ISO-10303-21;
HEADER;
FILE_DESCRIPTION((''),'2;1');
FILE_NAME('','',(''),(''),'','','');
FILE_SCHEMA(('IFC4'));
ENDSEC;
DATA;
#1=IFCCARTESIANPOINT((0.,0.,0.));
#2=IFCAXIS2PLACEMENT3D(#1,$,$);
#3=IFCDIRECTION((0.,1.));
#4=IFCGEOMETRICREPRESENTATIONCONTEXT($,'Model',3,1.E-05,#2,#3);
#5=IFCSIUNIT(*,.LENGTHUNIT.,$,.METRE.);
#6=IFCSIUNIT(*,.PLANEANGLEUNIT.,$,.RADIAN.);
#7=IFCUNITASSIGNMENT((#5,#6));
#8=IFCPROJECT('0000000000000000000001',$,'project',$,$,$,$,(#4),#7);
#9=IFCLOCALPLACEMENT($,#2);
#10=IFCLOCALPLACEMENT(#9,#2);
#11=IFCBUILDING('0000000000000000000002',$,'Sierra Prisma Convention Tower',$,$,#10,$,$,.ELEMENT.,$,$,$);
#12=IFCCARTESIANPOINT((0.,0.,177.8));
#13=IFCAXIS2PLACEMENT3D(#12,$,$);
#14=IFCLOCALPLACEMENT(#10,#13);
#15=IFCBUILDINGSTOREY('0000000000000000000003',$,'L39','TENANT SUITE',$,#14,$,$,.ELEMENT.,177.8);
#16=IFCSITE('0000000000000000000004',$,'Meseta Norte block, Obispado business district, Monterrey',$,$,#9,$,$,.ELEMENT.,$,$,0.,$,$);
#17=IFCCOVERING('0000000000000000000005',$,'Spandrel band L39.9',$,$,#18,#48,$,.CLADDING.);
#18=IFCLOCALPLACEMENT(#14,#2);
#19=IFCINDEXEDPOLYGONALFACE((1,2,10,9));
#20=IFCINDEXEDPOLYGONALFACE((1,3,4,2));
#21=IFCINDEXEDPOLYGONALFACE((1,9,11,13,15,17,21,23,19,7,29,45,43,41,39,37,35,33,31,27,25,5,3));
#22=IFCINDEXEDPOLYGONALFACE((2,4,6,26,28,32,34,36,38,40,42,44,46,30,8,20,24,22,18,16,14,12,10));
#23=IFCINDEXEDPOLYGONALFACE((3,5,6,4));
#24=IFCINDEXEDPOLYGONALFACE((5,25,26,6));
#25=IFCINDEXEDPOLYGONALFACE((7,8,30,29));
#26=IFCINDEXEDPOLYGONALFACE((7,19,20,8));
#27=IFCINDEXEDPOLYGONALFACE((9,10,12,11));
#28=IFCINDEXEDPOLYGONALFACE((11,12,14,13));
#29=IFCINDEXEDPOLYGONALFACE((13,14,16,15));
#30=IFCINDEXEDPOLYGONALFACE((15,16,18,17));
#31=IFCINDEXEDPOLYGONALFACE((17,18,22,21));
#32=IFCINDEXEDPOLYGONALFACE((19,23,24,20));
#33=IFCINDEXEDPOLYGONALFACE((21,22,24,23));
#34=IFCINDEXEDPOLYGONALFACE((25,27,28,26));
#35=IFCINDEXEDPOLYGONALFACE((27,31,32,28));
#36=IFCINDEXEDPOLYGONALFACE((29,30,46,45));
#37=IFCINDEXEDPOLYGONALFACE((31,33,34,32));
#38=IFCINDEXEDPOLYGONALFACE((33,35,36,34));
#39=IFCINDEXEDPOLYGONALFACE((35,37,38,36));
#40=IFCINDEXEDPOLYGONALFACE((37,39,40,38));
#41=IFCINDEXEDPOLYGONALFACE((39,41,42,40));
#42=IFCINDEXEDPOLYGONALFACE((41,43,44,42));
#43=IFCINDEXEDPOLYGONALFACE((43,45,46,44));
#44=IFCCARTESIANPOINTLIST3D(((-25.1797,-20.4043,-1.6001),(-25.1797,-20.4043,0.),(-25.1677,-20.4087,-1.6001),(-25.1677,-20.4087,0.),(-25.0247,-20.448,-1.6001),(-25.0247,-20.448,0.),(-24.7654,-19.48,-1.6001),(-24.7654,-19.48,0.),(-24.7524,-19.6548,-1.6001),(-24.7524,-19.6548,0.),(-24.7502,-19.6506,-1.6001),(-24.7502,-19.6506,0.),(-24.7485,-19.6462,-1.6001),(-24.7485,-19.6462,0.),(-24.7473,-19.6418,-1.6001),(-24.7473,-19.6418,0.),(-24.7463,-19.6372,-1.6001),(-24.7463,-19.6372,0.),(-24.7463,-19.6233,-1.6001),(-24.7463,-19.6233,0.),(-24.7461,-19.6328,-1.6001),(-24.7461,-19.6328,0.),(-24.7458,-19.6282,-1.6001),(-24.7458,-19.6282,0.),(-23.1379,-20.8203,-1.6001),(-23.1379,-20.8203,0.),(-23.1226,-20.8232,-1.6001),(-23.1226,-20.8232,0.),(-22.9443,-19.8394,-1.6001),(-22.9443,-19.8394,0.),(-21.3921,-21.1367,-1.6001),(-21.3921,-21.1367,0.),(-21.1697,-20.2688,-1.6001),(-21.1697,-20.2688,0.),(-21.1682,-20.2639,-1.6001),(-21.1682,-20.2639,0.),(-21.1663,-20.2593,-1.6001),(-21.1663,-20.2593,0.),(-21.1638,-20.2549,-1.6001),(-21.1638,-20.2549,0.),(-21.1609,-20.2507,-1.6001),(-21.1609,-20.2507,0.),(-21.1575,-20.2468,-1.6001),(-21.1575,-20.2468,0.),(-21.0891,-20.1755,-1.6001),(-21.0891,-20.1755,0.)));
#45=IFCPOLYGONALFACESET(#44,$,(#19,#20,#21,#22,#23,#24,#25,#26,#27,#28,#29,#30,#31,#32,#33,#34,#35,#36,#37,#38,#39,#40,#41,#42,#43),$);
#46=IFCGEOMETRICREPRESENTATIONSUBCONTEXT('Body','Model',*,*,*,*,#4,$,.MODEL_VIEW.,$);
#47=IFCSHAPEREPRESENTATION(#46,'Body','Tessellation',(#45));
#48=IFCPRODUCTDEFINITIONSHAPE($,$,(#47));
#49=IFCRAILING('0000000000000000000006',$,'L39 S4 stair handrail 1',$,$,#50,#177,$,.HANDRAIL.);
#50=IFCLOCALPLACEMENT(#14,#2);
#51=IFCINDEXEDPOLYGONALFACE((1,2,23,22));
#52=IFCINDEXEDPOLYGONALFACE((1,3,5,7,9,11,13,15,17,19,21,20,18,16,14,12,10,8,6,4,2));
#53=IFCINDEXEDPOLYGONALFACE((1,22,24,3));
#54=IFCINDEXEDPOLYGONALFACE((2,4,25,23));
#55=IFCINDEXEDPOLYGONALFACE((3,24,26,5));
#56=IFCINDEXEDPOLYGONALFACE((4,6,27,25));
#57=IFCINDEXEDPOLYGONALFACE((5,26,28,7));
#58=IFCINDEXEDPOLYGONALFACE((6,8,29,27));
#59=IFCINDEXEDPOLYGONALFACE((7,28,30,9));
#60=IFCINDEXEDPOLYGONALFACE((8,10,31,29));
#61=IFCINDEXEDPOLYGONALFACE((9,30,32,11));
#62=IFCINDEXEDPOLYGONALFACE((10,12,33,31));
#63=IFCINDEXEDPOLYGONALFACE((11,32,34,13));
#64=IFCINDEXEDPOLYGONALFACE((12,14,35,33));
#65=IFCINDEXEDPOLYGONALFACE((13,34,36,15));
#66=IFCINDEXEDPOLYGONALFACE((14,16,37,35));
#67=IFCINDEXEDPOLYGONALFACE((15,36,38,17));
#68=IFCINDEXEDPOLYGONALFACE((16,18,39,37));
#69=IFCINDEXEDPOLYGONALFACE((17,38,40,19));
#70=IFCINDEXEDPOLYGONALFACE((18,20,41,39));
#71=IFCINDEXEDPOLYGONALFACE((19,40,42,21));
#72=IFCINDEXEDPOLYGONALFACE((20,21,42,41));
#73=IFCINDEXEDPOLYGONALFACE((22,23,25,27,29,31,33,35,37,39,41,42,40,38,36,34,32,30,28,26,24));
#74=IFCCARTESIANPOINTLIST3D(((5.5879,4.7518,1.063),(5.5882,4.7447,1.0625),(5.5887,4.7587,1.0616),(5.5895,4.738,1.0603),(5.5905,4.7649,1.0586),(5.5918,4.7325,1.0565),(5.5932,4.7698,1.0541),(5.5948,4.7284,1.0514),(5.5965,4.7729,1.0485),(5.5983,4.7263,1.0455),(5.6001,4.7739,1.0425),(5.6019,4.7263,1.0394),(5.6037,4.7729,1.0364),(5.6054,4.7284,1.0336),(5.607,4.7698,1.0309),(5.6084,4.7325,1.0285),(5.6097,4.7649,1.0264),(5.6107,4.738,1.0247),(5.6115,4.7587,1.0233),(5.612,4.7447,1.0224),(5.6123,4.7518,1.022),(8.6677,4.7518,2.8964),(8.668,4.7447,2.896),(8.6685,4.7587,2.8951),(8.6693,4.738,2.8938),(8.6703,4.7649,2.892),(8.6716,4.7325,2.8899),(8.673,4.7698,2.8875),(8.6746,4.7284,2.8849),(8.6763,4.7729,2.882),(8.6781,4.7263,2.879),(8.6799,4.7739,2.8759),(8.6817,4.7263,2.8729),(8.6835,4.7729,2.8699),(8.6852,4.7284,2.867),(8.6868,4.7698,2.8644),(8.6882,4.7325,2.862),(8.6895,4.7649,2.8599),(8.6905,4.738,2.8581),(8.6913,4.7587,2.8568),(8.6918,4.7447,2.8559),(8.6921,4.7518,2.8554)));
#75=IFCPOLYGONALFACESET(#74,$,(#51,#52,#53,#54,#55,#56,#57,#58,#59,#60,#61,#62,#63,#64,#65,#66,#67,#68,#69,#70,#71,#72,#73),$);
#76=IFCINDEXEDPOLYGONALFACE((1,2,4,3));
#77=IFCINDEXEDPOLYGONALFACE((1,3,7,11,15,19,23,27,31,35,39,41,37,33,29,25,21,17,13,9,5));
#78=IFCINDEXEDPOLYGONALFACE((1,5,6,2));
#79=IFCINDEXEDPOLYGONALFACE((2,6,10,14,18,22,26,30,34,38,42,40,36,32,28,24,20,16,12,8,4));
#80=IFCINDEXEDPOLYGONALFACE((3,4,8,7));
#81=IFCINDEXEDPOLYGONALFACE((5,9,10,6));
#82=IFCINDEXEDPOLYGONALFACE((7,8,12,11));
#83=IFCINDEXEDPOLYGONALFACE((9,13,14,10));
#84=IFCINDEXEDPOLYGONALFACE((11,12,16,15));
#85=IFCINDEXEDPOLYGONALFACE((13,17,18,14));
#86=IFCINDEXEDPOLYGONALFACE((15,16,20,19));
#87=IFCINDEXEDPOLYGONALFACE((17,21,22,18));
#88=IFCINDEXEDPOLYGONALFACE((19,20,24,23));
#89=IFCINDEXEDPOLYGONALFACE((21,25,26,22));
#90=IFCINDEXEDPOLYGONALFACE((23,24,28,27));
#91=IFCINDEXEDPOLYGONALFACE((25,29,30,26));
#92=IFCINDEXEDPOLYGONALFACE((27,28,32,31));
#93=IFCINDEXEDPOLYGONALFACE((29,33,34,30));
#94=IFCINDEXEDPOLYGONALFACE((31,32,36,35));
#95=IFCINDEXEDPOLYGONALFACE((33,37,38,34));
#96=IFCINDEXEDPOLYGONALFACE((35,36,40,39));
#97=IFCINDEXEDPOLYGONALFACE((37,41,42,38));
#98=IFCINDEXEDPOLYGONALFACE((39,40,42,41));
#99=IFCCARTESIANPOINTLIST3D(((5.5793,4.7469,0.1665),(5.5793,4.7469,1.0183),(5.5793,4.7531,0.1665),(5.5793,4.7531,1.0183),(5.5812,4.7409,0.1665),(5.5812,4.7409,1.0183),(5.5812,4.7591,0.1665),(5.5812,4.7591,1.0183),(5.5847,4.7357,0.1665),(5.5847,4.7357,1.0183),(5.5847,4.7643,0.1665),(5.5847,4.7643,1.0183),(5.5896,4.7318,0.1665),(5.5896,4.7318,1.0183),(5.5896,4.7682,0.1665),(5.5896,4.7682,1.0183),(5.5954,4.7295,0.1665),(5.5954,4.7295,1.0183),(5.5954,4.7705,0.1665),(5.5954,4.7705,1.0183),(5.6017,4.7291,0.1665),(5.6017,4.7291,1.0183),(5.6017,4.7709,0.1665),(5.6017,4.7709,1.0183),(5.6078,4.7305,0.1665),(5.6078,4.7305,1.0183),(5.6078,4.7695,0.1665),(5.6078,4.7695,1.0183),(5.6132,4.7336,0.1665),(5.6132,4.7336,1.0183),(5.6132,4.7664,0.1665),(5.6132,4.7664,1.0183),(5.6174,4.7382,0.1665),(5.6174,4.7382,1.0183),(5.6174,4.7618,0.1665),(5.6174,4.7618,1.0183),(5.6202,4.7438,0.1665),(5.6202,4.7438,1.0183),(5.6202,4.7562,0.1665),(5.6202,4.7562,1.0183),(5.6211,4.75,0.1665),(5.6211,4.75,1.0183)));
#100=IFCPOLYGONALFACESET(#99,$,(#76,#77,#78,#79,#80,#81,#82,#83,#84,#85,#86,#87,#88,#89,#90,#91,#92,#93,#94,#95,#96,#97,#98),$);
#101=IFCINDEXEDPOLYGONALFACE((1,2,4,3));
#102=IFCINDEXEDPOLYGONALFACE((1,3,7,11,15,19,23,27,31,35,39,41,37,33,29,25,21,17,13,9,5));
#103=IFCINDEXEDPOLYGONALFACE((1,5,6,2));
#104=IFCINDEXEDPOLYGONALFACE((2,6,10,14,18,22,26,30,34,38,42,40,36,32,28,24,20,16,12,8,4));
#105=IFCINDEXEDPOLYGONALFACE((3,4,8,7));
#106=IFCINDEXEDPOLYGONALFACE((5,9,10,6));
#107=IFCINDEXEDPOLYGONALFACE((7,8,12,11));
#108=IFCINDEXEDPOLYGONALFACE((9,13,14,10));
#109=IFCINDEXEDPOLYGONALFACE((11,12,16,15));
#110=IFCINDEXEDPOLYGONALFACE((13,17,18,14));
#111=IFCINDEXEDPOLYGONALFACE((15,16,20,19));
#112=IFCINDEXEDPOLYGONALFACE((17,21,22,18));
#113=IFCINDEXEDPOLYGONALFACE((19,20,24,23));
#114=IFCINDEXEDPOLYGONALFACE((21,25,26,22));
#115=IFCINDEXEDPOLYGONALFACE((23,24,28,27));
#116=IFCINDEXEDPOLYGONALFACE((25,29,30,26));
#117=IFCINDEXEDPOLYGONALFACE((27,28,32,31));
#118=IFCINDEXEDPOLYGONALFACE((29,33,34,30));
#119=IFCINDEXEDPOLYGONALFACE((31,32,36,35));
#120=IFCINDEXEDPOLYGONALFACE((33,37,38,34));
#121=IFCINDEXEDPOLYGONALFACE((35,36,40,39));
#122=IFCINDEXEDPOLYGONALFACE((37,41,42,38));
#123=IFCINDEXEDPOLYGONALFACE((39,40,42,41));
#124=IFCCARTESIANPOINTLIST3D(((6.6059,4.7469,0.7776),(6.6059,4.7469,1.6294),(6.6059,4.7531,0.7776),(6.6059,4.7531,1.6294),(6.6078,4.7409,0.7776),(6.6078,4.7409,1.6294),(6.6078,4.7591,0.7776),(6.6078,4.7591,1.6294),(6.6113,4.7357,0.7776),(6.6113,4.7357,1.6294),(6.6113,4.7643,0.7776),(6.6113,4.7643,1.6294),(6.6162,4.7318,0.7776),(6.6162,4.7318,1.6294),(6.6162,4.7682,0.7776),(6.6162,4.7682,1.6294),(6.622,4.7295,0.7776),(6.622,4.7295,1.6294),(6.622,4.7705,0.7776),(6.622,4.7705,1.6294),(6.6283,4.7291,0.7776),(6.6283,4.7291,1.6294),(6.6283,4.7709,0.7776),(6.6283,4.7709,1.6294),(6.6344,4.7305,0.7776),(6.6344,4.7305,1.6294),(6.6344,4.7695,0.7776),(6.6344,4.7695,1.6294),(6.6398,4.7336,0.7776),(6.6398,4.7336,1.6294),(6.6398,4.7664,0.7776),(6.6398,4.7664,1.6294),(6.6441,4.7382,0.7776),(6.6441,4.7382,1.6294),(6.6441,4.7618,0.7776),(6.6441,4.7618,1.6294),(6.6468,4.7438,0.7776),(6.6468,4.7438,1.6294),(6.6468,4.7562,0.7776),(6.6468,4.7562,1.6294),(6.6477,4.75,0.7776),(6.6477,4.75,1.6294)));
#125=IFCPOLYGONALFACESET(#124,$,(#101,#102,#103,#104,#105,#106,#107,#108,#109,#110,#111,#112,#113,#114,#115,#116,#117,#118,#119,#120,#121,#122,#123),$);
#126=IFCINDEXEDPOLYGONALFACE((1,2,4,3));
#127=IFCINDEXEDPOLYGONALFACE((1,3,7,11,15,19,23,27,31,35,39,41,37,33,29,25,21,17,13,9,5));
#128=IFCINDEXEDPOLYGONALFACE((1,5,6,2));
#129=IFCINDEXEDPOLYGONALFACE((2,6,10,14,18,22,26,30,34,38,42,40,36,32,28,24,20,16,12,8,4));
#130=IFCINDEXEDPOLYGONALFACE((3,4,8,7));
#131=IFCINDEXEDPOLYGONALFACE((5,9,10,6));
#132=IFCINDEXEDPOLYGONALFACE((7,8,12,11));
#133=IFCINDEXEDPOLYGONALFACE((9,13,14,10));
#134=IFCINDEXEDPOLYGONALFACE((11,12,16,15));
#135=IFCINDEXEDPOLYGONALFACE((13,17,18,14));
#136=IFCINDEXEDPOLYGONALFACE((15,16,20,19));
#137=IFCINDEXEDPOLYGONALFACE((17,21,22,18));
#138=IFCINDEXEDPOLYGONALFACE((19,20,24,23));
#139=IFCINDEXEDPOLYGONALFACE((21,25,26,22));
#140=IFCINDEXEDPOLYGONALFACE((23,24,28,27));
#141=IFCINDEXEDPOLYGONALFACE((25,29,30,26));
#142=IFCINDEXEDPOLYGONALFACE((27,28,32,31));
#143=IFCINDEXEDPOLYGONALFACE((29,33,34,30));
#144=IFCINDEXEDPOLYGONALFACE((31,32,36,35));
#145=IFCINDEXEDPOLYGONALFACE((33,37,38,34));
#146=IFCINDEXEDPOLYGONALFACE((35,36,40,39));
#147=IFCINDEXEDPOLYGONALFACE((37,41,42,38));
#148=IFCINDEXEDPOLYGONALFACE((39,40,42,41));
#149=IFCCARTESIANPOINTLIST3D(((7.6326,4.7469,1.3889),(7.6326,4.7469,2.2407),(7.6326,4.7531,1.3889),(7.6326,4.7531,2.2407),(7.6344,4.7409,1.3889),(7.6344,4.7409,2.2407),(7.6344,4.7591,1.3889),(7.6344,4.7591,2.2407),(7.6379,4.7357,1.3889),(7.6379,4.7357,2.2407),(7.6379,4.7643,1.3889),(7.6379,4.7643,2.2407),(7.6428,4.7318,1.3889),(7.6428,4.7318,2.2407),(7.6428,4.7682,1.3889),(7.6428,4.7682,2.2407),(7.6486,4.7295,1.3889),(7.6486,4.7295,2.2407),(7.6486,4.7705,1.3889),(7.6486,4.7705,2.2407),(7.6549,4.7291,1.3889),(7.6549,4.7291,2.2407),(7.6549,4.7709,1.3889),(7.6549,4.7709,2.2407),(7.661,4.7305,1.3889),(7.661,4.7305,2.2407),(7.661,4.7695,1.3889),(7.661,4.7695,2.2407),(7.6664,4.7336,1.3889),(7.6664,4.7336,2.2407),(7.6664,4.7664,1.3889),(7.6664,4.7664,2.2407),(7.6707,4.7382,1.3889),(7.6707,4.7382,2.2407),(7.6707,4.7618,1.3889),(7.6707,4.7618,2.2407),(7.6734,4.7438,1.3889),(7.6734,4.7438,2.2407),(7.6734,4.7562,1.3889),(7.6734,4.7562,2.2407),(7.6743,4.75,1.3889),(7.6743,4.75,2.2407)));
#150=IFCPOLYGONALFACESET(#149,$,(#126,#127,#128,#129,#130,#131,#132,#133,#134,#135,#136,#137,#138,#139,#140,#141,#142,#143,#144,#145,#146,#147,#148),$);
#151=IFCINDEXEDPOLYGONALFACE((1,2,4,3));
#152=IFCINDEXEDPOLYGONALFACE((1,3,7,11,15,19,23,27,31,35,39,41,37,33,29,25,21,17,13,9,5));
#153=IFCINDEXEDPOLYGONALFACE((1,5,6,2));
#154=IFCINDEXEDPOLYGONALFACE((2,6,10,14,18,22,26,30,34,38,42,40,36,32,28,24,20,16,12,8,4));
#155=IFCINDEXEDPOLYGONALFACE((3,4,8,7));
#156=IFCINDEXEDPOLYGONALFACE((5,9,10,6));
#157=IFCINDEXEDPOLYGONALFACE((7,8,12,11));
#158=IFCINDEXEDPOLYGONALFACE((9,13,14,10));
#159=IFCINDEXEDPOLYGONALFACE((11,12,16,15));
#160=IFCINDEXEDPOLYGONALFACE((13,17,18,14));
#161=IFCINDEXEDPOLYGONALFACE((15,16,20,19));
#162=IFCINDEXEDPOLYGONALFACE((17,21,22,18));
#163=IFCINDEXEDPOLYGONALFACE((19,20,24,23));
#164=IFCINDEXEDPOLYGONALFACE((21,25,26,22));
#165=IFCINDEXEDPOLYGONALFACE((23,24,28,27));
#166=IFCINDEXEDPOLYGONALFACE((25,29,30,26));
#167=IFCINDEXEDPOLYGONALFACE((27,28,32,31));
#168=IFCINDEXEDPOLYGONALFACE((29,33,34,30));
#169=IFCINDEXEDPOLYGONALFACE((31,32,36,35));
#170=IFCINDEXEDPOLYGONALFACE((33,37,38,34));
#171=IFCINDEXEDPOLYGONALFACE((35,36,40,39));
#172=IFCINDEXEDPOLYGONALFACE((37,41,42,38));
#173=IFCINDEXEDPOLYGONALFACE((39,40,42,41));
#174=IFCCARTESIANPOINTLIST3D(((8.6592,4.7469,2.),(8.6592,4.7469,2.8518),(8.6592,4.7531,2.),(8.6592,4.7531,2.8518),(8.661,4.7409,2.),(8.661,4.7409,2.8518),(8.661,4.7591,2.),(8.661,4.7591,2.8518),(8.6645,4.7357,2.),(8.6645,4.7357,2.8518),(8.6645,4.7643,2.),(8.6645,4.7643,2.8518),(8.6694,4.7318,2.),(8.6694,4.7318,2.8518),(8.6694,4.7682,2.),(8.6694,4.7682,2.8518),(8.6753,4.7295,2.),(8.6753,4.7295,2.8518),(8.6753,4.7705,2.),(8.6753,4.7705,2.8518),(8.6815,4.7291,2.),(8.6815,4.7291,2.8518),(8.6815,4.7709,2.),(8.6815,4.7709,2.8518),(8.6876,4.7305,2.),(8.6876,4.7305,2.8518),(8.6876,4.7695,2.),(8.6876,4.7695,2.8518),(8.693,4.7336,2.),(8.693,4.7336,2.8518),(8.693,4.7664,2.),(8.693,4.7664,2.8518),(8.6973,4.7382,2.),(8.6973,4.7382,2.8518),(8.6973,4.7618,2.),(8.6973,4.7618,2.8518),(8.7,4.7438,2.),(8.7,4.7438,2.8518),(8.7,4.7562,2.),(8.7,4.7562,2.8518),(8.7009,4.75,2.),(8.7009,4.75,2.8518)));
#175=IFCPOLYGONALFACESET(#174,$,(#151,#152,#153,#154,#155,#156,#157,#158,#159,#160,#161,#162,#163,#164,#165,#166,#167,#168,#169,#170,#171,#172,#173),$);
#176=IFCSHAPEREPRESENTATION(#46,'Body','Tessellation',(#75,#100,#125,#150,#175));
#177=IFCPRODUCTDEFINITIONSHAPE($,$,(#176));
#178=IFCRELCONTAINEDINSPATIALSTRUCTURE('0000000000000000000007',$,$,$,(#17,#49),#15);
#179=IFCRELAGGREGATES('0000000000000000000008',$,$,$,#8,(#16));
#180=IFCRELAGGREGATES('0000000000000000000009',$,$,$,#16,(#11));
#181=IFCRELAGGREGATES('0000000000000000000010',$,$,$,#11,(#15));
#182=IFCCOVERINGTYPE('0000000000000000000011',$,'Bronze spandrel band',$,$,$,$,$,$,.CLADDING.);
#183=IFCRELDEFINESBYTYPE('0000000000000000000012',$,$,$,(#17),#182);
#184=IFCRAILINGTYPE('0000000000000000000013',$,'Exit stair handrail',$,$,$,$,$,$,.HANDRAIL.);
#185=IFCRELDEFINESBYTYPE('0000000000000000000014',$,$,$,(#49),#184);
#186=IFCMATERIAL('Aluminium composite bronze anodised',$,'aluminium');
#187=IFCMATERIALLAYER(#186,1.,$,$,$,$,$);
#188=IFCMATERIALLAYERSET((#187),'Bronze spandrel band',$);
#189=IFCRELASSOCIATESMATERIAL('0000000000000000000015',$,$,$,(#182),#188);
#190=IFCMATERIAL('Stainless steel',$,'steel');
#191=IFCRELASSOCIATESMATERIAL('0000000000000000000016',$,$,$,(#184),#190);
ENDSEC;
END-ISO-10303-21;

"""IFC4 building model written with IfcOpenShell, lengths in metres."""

from ifc_helpers import new_model, si_unit, direction, frame, origin, origin_2d, place, context, subcontext, project, spatial, polyline, circle, outline, extrude, material, layer, layer_set, type_object, element, save


model = new_model("IFC4")

# Units and contexts
model_context = context("Model", 3, precision=1e-05, world=origin(), true_north=direction((0.0, 1.0)))
body_context = subcontext(model_context, "Body", "Model", "MODEL_VIEW")
ifc_project = project(units=[si_unit("LENGTHUNIT", "METRE"), si_unit("PLANEANGLEUNIT", "RADIAN")], contexts=[model_context])

# Site, building, storey
site_placement = place(None, origin())
site = spatial("IfcSite", under=ifc_project, at=site_placement, Name="Meseta Norte block, Obispado business district, Monterrey", CompositionType="ELEMENT", RefElevation=0.0)
building_placement = place(site_placement, origin())
building = spatial("IfcBuilding", under=site, at=building_placement, Name="Sierra Prisma Convention Tower", CompositionType="ELEMENT")
storey_placement = place(building_placement, frame((0.0, 0.0, 177.8)))
storey = spatial("IfcBuildingStorey", under=building, at=storey_placement, Name="L39", Description="TENANT SUITE", CompositionType="ELEMENT", Elevation=177.8)

# Covering
ifc_material_1 = material(Name="Aluminium composite bronze anodised", Category="aluminium")
ifc_layer_1 = layer(ifc_material_1, 1.0)
ifc_layer_set_1 = layer_set([ifc_layer_1], Name="Bronze spandrel band")
covering_type_1 = type_object("IfcCoveringType", Name="Bronze spandrel band", PredefinedType="CLADDING", material=ifc_layer_set_1)
covering_1_placement = place(storey_placement, frame((0.0, 0.0, -1.6001)))
element("IfcCovering", 1, at=covering_1_placement, inside=storey, type_object=covering_type_1, Name="Spandrel band L39.9", PredefinedType="CLADDING", context=body_context, shape_type="SweptSolid", body=[
    extrude(outline(polyline([(-21.1663, -20.2593), (-21.1682, -20.2639), (-21.1697, -20.2688), (-21.3921, -21.1367), (-23.1226, -20.8232), (-23.1379, -20.8203), (-25.0247, -20.448), (-25.1677, -20.4087), (-25.1797, -20.4043), (-24.7524, -19.6548), (-24.7502, -19.6506), (-24.7485, -19.6462), (-24.7473, -19.6418), (-24.7463, -19.6372), (-24.7461, -19.6328), (-24.7458, -19.6282), (-24.7463, -19.6233), (-24.7654, -19.48), (-22.9443, -19.8394), (-21.0891, -20.1755), (-21.1575, -20.2468), (-21.1609, -20.2507), (-21.1638, -20.2549), (-21.1663, -20.2593)])), origin(), (0.0, 0.0, 1.0), 1.6001),
])

# Railing
ifc_material_2 = material(Name="Stainless steel", Category="steel")
railing_type_1 = type_object("IfcRailingType", Name="Exit stair handrail", PredefinedType="HANDRAIL", material=ifc_material_2)
railing_1_placement = place(storey_placement, frame((5.6001, 4.75, 0.1665)))
element("IfcRailing", 2, at=railing_1_placement, inside=storey, type_object=railing_type_1, Name="L39 S4 stair handrail 1", PredefinedType="HANDRAIL", context=body_context, shape_type="SweptSolid", body=[
    extrude(circle(Radius=0.0239, at=origin_2d()), frame((0.0, 0.0, 0.876), z_axis=(0.859261, 0.0, 0.511538), x_axis=(0.0, 1.0, 0.0)), (0.0, 0.0, 1.0), 3.5842),
    extrude(circle(Radius=0.021, at=origin_2d()), origin(), (0.0, 0.0, 1.0), 0.8518),
    extrude(circle(Radius=0.021, at=origin_2d()), frame((1.0266, 0.0, 0.6111)), (0.0, 0.0, 1.0), 0.8518),
    extrude(circle(Radius=0.021, at=origin_2d()), frame((2.0532, 0.0, 1.2224)), (0.0, 0.0, 1.0), 0.8518),
    extrude(circle(Radius=0.021, at=origin_2d()), frame((3.0798, 0.0, 1.8335)), (0.0, 0.0, 1.0), 0.8518),
])

save(model, "model.ifc")
